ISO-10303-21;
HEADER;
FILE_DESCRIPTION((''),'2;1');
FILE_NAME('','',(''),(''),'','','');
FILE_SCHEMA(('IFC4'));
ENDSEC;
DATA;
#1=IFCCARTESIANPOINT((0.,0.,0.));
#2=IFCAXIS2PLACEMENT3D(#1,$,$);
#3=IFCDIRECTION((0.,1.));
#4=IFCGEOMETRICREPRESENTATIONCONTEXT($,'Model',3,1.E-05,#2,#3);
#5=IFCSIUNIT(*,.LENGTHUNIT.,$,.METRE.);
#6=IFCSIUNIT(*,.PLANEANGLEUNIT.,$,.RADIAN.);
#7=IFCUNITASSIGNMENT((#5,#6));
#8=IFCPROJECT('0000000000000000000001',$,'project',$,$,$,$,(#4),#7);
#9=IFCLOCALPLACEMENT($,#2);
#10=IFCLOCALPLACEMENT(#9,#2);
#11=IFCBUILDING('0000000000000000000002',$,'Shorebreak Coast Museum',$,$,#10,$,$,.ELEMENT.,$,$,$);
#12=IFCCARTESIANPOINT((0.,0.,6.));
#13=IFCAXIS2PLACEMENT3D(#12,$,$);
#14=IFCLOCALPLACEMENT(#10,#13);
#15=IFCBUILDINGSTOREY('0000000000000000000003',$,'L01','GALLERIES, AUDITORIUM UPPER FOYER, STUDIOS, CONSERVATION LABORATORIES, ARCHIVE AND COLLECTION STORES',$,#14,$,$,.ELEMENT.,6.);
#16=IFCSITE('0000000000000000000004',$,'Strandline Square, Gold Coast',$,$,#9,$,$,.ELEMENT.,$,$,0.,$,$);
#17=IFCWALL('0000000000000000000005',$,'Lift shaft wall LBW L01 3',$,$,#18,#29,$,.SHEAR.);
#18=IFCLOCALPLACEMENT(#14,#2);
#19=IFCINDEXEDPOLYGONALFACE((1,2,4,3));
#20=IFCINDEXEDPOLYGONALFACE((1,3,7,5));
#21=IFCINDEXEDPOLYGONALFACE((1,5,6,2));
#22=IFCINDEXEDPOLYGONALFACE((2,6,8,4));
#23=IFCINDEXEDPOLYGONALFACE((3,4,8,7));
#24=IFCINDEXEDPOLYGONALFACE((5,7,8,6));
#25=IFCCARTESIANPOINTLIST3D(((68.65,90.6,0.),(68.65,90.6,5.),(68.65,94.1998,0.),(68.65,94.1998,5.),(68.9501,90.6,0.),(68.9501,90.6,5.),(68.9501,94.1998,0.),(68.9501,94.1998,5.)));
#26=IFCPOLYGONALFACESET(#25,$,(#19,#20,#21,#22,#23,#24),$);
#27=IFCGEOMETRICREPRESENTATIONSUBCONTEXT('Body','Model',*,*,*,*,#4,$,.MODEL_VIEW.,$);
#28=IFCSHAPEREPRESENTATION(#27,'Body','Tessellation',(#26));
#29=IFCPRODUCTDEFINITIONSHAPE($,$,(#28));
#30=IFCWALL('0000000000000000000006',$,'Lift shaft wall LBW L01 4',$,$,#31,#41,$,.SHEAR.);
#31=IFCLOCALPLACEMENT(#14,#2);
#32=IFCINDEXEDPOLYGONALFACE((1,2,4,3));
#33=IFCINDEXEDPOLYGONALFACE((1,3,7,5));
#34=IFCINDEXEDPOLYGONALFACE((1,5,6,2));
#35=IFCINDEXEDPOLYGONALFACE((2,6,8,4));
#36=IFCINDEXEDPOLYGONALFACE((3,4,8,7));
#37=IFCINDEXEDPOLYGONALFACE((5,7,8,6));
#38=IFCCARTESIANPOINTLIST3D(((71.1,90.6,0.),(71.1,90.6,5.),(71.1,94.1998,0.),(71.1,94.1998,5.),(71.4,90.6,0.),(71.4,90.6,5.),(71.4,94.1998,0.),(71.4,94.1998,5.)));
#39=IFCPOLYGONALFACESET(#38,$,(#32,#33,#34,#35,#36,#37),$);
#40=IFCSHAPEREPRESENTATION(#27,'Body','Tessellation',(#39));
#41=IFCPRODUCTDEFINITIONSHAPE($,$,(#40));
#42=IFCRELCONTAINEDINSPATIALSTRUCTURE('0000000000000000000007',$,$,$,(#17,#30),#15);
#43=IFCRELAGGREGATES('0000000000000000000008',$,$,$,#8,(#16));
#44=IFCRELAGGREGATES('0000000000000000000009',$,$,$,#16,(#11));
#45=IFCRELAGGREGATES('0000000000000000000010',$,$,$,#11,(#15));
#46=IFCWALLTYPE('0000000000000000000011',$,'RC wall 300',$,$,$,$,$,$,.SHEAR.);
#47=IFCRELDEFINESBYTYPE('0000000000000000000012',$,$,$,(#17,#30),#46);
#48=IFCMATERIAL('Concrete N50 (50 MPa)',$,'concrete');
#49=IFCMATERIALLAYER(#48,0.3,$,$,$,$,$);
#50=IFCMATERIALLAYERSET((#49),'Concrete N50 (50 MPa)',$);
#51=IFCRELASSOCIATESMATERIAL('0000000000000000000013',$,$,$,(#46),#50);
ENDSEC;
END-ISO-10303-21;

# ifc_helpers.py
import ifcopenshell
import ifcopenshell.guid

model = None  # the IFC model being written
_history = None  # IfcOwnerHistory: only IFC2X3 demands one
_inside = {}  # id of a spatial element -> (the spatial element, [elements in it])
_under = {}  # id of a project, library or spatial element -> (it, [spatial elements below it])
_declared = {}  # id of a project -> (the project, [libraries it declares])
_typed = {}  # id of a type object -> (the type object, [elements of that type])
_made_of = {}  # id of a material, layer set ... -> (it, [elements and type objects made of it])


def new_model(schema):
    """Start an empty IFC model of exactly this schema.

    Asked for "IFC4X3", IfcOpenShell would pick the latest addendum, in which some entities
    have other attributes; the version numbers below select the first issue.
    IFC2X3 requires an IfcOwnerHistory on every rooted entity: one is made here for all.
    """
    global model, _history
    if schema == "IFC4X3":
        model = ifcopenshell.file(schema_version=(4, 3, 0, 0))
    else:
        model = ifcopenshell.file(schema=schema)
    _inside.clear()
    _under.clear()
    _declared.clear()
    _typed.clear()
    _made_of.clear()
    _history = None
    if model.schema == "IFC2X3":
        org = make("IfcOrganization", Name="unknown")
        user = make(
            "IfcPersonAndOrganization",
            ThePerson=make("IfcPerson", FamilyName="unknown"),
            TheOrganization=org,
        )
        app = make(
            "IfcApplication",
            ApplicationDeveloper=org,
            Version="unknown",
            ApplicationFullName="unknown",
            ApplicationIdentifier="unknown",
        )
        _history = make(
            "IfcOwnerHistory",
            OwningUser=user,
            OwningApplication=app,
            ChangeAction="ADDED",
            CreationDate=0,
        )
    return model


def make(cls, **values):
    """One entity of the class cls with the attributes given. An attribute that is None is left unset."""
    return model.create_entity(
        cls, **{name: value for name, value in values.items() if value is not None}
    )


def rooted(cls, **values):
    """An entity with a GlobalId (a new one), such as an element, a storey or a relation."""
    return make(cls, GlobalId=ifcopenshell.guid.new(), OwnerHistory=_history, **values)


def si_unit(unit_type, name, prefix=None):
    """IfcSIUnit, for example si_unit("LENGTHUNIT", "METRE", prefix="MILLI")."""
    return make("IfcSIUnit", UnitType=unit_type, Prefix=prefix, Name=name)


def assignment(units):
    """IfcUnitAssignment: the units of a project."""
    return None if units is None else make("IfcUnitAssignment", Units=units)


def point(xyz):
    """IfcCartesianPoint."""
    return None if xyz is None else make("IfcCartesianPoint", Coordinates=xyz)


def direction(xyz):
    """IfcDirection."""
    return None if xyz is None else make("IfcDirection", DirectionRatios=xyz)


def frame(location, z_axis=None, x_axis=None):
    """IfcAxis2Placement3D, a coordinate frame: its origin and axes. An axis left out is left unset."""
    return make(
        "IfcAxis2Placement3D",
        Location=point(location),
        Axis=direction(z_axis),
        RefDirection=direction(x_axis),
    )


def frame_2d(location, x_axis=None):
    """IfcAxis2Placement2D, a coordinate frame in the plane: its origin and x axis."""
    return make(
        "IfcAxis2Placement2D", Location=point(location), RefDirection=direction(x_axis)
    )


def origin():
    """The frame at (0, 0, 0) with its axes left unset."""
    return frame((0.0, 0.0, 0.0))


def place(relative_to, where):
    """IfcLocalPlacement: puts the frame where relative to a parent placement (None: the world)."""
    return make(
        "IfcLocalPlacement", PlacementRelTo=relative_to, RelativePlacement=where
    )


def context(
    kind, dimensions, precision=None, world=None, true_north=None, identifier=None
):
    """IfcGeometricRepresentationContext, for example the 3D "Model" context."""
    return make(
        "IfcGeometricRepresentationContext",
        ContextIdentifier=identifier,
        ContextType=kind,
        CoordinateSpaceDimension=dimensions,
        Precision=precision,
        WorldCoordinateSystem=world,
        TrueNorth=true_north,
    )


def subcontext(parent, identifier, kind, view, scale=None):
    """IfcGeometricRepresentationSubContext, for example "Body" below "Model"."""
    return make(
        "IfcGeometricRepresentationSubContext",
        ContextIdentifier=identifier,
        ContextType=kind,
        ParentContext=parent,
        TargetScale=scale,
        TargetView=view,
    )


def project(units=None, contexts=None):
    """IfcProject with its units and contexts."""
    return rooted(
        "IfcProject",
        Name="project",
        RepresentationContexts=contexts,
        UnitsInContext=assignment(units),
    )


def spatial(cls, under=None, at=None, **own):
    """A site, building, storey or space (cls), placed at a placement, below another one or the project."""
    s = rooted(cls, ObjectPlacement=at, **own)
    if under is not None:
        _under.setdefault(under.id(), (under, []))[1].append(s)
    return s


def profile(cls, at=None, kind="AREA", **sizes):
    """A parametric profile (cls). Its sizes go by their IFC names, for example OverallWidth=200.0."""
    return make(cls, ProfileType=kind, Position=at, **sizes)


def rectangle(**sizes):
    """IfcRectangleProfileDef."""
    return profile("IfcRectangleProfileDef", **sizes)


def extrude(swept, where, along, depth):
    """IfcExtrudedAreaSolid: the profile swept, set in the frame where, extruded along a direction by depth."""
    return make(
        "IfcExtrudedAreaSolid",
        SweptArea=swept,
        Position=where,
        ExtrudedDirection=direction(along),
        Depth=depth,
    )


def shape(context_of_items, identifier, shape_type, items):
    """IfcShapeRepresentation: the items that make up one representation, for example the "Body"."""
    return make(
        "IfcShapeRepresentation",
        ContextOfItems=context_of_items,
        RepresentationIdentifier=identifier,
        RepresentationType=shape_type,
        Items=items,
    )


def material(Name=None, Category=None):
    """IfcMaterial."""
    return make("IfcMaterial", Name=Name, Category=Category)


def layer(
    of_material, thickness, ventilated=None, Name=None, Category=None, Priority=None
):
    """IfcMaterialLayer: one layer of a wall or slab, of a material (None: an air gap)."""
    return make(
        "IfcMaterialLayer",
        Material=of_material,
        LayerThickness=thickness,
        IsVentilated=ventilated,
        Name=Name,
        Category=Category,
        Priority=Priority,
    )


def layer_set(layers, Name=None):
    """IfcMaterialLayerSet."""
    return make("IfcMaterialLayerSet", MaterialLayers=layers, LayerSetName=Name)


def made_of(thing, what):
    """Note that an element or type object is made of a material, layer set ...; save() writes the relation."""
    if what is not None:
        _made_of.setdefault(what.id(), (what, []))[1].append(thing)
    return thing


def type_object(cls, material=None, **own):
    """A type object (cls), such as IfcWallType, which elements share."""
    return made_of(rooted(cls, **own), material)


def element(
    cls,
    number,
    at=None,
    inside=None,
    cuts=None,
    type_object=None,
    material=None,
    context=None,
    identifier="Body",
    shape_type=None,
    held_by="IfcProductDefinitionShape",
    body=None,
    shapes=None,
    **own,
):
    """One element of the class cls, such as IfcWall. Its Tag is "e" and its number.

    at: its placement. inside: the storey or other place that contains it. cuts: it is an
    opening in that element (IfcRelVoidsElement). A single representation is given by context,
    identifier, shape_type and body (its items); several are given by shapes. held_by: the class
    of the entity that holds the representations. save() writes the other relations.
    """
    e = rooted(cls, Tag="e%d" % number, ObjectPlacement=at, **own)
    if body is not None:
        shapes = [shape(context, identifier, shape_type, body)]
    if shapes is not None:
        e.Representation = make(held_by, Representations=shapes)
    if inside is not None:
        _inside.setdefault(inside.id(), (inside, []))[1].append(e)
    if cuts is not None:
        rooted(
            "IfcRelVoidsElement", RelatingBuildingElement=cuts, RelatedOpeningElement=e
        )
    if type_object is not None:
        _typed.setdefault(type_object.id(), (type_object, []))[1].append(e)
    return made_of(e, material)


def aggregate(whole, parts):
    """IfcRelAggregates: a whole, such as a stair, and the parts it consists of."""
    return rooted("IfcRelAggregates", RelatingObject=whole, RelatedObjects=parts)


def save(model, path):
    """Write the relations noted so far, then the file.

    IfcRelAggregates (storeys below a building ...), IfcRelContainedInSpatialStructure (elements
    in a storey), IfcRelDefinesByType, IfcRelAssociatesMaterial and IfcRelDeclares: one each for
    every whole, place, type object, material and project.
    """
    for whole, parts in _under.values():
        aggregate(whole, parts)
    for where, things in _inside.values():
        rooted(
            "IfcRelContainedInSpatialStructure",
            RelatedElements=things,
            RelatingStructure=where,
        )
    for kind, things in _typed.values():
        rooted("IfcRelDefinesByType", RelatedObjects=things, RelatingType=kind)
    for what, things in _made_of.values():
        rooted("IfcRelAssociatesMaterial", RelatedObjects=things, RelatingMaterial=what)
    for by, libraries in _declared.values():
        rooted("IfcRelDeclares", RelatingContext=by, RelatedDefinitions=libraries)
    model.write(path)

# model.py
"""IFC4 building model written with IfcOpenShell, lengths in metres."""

from ifc_helpers import new_model, si_unit, direction, frame, frame_2d, origin, place, context, subcontext, project, spatial, rectangle, extrude, material, layer, layer_set, type_object, element, save


model = new_model("IFC4")

# Units and contexts
model_context = context("Model", 3, precision=1e-05, world=origin(), true_north=direction((0.0, 1.0)))
body_context = subcontext(model_context, "Body", "Model", "MODEL_VIEW")
ifc_project = project(units=[si_unit("LENGTHUNIT", "METRE"), si_unit("PLANEANGLEUNIT", "RADIAN")], contexts=[model_context])

# Site, building, storey
site_placement = place(None, origin())
site = spatial("IfcSite", under=ifc_project, at=site_placement, Name="Strandline Square, Gold Coast", CompositionType="ELEMENT", RefElevation=0.0)
building_placement = place(site_placement, origin())
building = spatial("IfcBuilding", under=site, at=building_placement, Name="Shorebreak Coast Museum", CompositionType="ELEMENT")
storey_placement = place(building_placement, frame((0.0, 0.0, 6.0)))
storey = spatial("IfcBuildingStorey", under=building, at=storey_placement, Name="L01", Description="GALLERIES, AUDITORIUM UPPER FOYER, STUDIOS, CONSERVATION LABORATORIES, ARCHIVE AND COLLECTION STORES", CompositionType="ELEMENT", Elevation=6.0)

# Walls
ifc_material_1 = material(Name="Concrete N50 (50 MPa)", Category="concrete")
ifc_layer_1 = layer(ifc_material_1, 0.3)
ifc_layer_set_1 = layer_set([ifc_layer_1], Name="Concrete N50 (50 MPa)")
wall_type_1 = type_object("IfcWallType", Name="RC wall 300", PredefinedType="SHEAR", material=ifc_layer_set_1)
for number, where, z_axis, x_axis, name in (
    (1, (68.8, 90.6001, 0.0), (0.0, 0.0, 1.0), (0.0, 1.0, 0.0), "Lift shaft wall LBW L01 3"),
    (2, (71.25, 90.6001, 0.0), (0.0, 0.0, 1.0), (0.0, 1.0, 0.0), "Lift shaft wall LBW L01 4"),
):
    element("IfcWall", number, at=place(storey_placement, frame(where, z_axis=z_axis, x_axis=x_axis)), inside=storey, type_object=wall_type_1, Name=name, PredefinedType="SHEAR", context=body_context, shape_type="SweptSolid", body=[
        extrude(rectangle(XDim=3.5999, YDim=0.3, at=frame_2d((1.7998, 0.0))), origin(), (0.0, 0.0, 1.0), 5.0),
    ])

save(model, "model.ifc")
